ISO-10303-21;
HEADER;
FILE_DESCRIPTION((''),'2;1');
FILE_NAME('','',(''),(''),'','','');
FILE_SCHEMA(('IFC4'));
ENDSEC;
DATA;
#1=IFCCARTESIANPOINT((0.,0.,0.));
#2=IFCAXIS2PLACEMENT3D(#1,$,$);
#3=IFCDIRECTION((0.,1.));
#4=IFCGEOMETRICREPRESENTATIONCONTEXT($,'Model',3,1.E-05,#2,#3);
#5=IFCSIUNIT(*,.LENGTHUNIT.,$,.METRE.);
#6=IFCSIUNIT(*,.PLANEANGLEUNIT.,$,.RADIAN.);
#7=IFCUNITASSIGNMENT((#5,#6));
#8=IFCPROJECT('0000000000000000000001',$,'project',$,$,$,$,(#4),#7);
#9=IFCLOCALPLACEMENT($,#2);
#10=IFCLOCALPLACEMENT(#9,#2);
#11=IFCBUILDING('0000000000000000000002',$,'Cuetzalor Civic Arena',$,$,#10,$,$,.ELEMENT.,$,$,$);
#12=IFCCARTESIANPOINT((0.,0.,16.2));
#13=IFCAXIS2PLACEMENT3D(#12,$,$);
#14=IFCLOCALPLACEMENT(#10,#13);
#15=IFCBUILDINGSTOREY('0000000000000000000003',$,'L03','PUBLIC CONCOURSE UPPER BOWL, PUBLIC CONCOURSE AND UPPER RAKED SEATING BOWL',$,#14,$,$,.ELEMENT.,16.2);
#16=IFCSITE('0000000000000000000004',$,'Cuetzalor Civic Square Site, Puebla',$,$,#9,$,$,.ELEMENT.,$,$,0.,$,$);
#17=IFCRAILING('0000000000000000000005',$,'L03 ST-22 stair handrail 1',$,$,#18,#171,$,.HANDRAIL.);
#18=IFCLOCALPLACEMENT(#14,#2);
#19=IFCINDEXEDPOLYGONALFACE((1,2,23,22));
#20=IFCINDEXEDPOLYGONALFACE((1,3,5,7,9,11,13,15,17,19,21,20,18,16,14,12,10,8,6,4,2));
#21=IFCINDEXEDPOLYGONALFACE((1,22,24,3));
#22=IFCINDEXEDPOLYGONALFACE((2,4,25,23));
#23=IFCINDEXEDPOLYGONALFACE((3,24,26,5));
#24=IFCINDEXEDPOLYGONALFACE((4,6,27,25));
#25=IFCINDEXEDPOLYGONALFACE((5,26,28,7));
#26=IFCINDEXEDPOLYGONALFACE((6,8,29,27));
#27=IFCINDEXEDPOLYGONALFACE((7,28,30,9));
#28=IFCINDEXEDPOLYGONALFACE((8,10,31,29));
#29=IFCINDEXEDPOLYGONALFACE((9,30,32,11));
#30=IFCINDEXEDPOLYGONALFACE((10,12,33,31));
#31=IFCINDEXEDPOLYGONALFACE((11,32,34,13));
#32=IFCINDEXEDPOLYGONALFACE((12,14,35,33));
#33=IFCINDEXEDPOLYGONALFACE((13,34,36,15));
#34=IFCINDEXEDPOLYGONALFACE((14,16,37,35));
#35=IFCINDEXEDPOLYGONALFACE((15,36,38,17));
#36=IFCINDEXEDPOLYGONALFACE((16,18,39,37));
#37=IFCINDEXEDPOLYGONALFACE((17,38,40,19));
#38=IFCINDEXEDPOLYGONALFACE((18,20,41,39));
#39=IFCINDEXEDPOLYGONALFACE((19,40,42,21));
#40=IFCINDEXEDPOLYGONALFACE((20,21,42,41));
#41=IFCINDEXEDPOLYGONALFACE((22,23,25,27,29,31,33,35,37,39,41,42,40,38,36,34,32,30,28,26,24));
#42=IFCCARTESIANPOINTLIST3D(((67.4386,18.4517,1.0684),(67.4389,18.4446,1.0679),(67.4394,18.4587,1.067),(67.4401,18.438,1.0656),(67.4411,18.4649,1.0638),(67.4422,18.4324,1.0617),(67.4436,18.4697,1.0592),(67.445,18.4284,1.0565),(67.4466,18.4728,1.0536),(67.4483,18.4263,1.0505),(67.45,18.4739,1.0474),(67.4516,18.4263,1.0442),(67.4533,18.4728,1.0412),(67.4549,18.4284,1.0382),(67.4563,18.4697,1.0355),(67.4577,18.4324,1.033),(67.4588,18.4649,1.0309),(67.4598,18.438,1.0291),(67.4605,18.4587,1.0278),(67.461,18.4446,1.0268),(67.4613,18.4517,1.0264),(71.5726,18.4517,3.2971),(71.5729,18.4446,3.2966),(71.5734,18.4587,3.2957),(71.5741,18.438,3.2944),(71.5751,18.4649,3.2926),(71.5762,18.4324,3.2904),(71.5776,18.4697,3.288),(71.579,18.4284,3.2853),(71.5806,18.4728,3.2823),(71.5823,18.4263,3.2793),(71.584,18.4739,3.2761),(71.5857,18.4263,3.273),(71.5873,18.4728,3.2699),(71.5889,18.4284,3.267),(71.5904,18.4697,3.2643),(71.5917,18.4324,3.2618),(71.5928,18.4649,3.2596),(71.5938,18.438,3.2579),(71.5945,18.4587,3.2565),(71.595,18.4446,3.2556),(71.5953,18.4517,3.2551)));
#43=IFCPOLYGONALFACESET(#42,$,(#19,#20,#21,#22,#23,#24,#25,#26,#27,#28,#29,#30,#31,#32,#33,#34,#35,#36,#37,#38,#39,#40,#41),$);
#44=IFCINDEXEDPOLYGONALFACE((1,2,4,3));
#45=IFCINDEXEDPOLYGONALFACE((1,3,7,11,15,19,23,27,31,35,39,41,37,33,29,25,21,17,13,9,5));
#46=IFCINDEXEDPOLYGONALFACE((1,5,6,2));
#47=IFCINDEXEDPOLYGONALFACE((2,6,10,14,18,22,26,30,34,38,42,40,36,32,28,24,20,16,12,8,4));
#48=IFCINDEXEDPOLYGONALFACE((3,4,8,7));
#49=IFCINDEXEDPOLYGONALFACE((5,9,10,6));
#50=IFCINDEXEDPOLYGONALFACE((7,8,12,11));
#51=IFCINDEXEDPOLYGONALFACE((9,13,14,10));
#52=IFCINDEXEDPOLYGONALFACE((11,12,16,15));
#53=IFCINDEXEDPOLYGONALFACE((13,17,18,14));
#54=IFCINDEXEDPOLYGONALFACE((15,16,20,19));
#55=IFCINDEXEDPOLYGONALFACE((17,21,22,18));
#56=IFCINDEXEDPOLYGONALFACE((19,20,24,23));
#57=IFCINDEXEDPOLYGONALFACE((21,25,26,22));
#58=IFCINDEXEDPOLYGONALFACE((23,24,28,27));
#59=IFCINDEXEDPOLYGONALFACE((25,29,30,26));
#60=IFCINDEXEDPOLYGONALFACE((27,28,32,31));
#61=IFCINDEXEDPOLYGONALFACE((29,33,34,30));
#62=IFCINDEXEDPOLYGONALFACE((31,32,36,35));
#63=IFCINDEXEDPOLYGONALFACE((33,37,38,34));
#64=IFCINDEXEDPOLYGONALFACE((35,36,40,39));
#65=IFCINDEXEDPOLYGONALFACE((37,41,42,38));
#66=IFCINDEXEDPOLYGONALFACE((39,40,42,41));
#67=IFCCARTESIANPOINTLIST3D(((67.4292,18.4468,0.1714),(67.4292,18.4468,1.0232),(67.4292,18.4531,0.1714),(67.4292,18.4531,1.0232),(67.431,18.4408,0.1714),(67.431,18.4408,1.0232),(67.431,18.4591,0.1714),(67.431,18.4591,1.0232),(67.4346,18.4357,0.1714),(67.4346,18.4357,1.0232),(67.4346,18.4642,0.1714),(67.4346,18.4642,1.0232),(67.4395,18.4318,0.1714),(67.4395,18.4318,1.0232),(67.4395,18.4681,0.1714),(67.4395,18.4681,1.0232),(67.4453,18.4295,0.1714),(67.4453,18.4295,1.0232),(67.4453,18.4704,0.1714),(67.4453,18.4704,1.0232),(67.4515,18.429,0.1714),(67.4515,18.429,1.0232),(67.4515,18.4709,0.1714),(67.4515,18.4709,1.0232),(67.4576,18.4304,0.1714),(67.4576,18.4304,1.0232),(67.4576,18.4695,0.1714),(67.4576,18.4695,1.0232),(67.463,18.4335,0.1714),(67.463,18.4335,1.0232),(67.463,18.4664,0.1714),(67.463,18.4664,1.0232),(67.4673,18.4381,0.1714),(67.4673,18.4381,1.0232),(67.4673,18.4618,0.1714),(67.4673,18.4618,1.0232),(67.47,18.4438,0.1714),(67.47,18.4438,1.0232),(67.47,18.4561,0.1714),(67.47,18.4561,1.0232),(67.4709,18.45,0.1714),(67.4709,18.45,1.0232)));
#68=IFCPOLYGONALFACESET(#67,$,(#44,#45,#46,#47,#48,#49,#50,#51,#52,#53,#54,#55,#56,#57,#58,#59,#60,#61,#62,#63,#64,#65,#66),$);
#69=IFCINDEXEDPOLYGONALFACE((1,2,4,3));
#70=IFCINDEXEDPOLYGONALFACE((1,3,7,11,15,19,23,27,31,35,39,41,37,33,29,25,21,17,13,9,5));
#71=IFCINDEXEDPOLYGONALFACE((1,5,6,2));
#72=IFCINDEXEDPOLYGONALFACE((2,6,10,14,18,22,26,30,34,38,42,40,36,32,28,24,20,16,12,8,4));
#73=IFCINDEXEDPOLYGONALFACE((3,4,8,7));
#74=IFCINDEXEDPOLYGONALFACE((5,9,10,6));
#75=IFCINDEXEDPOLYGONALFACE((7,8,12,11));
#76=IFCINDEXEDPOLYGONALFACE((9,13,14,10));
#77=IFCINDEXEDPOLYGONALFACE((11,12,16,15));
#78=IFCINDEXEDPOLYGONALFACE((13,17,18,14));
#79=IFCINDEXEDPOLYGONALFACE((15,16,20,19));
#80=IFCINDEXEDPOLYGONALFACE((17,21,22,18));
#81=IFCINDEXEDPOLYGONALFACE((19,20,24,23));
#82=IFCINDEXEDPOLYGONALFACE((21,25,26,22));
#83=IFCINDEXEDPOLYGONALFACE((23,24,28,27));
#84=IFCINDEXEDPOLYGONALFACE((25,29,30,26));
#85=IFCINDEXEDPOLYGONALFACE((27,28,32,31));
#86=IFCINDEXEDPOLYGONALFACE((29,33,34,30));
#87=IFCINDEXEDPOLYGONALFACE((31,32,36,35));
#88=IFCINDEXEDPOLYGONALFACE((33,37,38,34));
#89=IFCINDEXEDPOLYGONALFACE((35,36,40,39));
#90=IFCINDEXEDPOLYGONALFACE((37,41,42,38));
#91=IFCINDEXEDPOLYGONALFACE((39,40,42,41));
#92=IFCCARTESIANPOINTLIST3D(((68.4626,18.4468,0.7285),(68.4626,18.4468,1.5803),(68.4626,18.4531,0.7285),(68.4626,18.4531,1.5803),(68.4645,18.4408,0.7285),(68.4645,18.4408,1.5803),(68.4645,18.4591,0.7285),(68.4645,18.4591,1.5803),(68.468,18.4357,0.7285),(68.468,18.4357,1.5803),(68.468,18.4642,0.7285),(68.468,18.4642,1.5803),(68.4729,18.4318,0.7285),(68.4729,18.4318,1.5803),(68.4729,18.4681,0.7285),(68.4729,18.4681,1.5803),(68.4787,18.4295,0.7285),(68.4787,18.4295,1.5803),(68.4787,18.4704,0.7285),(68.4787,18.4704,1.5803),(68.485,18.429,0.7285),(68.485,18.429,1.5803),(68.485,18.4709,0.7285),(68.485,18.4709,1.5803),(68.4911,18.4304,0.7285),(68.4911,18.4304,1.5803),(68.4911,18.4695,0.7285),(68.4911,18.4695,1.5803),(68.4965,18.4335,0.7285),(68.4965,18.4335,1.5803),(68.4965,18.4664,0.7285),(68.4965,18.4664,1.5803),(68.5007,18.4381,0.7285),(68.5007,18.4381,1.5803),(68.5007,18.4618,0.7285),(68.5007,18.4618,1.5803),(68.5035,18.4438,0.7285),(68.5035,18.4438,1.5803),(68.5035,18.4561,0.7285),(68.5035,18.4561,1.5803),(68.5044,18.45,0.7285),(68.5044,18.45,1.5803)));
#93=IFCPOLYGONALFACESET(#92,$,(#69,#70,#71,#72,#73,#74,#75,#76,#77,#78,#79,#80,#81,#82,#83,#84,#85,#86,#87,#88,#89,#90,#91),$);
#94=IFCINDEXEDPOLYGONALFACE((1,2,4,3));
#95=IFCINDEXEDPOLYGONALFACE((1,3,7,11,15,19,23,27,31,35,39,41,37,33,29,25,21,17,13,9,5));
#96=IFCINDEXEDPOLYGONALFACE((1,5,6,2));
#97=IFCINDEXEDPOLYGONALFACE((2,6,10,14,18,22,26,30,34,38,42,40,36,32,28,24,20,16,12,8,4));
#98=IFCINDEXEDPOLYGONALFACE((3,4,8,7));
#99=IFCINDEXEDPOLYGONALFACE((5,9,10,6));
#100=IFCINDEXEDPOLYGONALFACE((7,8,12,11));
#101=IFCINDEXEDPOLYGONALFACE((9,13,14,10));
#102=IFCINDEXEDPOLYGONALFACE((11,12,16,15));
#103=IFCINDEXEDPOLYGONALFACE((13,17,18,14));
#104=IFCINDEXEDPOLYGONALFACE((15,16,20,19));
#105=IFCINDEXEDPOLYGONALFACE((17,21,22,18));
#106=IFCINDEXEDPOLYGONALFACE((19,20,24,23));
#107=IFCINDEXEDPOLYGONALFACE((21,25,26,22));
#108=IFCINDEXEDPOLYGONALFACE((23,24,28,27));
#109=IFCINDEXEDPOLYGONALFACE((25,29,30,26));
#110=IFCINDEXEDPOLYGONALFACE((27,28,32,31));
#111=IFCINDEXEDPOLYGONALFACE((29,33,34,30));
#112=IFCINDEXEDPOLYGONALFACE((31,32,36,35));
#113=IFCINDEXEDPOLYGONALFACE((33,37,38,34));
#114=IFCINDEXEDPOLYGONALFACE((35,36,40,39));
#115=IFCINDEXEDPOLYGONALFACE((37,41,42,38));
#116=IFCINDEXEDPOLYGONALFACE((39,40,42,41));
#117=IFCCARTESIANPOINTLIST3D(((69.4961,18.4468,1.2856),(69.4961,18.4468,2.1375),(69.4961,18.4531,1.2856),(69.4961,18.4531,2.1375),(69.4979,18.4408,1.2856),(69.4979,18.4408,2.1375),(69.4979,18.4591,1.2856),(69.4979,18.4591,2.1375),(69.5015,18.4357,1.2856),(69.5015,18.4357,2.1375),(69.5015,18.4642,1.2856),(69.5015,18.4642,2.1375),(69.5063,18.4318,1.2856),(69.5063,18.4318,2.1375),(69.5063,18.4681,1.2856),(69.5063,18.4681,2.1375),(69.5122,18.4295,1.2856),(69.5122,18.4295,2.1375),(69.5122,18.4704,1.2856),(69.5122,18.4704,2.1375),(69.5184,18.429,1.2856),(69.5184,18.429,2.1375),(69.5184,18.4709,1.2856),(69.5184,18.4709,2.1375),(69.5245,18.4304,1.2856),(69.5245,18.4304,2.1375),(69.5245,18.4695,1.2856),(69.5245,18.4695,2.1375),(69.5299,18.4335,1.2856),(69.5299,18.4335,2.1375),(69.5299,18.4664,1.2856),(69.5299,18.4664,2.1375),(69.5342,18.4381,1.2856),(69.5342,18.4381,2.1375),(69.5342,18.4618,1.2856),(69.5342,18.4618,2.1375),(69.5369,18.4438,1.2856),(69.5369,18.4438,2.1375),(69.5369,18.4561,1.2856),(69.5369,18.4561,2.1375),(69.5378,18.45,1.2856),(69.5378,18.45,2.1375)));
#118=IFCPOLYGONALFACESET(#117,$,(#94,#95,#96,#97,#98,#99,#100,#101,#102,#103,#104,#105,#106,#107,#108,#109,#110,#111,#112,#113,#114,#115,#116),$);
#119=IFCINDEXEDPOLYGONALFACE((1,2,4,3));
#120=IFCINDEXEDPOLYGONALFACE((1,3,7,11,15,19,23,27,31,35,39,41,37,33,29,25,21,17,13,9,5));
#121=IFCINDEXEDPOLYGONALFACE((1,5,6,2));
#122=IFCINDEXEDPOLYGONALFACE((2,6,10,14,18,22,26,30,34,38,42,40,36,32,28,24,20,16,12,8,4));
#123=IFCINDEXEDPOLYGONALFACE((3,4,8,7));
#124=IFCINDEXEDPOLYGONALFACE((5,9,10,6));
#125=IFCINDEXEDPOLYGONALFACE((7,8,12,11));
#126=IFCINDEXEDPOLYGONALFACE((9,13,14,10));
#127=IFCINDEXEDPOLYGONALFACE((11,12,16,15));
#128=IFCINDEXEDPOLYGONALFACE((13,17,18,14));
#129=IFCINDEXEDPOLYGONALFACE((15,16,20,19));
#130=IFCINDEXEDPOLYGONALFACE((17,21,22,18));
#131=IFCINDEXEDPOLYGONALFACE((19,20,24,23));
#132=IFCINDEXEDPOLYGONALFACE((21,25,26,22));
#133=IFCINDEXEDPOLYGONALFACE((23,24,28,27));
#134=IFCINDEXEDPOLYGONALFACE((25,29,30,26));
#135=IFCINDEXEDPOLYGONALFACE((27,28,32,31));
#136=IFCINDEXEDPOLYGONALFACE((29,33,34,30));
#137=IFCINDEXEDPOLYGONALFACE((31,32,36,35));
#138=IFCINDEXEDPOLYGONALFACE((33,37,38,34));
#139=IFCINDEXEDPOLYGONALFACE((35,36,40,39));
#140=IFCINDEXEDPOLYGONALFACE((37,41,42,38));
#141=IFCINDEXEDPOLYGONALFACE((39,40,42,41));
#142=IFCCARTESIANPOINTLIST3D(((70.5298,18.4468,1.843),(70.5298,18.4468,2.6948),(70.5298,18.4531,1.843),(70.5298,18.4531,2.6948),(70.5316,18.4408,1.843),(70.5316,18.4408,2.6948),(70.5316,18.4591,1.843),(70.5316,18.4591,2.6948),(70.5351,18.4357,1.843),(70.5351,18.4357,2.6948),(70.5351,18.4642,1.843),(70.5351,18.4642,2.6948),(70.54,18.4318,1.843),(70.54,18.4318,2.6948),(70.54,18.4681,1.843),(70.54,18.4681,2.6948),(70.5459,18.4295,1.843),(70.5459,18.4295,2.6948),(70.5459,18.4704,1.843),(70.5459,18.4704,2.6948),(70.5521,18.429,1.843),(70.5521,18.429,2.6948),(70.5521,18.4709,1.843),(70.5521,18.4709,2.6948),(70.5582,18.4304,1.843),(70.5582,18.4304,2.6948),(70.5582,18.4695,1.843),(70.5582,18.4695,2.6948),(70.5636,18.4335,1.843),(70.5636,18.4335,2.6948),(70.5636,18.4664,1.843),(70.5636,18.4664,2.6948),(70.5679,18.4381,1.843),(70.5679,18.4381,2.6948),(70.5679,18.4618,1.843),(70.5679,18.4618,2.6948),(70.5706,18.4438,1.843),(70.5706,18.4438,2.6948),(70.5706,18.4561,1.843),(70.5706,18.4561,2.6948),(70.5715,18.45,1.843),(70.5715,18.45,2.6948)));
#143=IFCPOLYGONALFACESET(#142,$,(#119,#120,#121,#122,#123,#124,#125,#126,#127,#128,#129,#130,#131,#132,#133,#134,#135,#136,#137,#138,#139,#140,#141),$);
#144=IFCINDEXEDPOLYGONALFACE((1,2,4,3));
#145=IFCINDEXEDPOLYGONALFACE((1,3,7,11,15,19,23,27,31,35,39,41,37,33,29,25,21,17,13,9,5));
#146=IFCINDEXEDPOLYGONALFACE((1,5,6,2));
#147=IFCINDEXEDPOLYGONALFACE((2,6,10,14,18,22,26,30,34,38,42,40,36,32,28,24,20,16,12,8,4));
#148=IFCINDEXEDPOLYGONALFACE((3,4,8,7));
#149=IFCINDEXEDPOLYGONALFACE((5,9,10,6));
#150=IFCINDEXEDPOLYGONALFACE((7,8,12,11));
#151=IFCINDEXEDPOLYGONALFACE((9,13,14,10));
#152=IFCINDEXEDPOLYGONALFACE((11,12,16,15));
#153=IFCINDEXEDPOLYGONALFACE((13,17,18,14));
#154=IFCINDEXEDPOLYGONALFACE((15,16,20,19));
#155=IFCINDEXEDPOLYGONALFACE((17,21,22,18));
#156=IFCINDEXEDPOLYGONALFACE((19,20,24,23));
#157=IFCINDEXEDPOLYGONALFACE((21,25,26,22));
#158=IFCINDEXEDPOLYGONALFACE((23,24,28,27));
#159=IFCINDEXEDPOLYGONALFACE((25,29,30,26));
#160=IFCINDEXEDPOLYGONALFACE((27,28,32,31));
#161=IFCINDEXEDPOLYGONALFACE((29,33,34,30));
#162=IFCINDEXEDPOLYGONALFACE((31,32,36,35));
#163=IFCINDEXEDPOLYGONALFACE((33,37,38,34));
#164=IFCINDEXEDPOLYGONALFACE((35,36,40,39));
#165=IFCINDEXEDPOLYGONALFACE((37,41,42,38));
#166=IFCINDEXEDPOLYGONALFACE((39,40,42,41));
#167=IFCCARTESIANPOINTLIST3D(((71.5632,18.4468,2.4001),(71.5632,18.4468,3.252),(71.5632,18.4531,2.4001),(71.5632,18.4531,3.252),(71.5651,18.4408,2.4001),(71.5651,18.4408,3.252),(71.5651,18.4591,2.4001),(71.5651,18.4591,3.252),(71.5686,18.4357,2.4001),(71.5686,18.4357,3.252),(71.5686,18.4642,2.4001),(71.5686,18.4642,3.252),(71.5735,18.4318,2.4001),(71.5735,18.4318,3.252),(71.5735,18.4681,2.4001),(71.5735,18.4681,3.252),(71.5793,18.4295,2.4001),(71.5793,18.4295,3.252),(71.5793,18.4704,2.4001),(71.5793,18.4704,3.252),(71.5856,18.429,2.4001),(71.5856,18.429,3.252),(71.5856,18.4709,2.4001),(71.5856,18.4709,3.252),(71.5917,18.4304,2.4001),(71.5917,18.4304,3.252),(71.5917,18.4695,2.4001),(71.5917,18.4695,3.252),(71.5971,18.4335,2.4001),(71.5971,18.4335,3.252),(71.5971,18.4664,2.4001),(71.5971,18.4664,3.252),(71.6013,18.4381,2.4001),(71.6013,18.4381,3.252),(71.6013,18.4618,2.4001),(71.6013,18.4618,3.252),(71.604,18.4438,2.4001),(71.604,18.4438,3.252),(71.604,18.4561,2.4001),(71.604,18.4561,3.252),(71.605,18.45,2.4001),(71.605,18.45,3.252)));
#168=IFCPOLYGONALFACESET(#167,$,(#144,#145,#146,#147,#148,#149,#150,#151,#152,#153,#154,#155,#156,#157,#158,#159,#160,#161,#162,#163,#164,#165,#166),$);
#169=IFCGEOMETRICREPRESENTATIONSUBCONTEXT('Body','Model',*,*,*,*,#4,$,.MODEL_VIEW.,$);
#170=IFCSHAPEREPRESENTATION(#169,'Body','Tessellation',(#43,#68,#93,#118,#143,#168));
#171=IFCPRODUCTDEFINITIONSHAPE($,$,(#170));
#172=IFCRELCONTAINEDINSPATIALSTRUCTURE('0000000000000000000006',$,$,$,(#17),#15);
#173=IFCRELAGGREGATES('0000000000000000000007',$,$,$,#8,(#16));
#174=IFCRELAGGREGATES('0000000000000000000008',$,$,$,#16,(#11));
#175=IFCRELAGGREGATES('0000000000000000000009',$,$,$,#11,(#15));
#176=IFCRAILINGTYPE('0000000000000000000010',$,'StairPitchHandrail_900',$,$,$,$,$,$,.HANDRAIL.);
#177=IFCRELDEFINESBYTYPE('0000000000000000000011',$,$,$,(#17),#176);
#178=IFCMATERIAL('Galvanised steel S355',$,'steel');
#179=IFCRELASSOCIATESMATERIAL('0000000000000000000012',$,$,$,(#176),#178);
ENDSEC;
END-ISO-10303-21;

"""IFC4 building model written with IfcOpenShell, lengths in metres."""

from ifc_helpers import new_model, si_unit, direction, frame, origin, origin_2d, place, context, subcontext, project, spatial, circle, extrude, material, type_object, element, save


model = new_model("IFC4")

# Units and contexts
model_context = context("Model", 3, precision=1e-05, world=origin(), true_north=direction((0.0, 1.0)))
body_context = subcontext(model_context, "Body", "Model", "MODEL_VIEW")
ifc_project = project(units=[si_unit("LENGTHUNIT", "METRE"), si_unit("PLANEANGLEUNIT", "RADIAN")], contexts=[model_context])

# Site, building, storey
site_placement = place(None, origin())
site = spatial("IfcSite", under=ifc_project, at=site_placement, Name="Cuetzalor Civic Square Site, Puebla", CompositionType="ELEMENT", RefElevation=0.0)
building_placement = place(site_placement, origin())
building = spatial("IfcBuilding", under=site, at=building_placement, Name="Cuetzalor Civic Arena", CompositionType="ELEMENT")
storey_placement = place(building_placement, frame((0.0, 0.0, 16.2)))
storey = spatial("IfcBuildingStorey", under=building, at=storey_placement, Name="L03", Description="PUBLIC CONCOURSE UPPER BOWL, PUBLIC CONCOURSE AND UPPER RAKED SEATING BOWL", CompositionType="ELEMENT", Elevation=16.2)

# Railing
ifc_material_1 = material(Name="Galvanised steel S355", Category="steel")
railing_type_1 = type_object("IfcRailingType", Name="StairPitchHandrail_900", PredefinedType="HANDRAIL", material=ifc_material_1)
railing_1_placement = place(storey_placement, frame((67.45, 18.45, 0.1714)))
element("IfcRailing", 1, at=railing_1_placement, inside=storey, type_object=railing_type_1, Name="L03 ST-22 stair handrail 1", PredefinedType="HANDRAIL", context=body_context, shape_type="SweptSolid", body=[
    extrude(circle(Radius=0.0239, at=origin_2d()), frame((0.0, 0.0, 0.876), z_axis=(0.880227, 0.0, 0.474552), x_axis=(0.0, 1.0, 0.0)), (0.0, 0.0, 1.0), 4.6965),
    extrude(circle(Radius=0.021, at=origin_2d()), origin(), (0.0, 0.0, 1.0), 0.8518),
    extrude(circle(Radius=0.021, at=origin_2d()), frame((1.0334, 0.0, 0.5571)), (0.0, 0.0, 1.0), 0.8518),
    extrude(circle(Radius=0.021, at=origin_2d()), frame((2.0669, 0.0, 1.1143)), (0.0, 0.0, 1.0), 0.8518),
    extrude(circle(Radius=0.021, at=origin_2d()), frame((3.1006, 0.0, 1.6716)), (0.0, 0.0, 1.0), 0.8518),
    extrude(circle(Radius=0.021, at=origin_2d()), frame((4.134, 0.0, 2.2288)), (0.0, 0.0, 1.0), 0.8518),
])

save(model, "model.ifc")
